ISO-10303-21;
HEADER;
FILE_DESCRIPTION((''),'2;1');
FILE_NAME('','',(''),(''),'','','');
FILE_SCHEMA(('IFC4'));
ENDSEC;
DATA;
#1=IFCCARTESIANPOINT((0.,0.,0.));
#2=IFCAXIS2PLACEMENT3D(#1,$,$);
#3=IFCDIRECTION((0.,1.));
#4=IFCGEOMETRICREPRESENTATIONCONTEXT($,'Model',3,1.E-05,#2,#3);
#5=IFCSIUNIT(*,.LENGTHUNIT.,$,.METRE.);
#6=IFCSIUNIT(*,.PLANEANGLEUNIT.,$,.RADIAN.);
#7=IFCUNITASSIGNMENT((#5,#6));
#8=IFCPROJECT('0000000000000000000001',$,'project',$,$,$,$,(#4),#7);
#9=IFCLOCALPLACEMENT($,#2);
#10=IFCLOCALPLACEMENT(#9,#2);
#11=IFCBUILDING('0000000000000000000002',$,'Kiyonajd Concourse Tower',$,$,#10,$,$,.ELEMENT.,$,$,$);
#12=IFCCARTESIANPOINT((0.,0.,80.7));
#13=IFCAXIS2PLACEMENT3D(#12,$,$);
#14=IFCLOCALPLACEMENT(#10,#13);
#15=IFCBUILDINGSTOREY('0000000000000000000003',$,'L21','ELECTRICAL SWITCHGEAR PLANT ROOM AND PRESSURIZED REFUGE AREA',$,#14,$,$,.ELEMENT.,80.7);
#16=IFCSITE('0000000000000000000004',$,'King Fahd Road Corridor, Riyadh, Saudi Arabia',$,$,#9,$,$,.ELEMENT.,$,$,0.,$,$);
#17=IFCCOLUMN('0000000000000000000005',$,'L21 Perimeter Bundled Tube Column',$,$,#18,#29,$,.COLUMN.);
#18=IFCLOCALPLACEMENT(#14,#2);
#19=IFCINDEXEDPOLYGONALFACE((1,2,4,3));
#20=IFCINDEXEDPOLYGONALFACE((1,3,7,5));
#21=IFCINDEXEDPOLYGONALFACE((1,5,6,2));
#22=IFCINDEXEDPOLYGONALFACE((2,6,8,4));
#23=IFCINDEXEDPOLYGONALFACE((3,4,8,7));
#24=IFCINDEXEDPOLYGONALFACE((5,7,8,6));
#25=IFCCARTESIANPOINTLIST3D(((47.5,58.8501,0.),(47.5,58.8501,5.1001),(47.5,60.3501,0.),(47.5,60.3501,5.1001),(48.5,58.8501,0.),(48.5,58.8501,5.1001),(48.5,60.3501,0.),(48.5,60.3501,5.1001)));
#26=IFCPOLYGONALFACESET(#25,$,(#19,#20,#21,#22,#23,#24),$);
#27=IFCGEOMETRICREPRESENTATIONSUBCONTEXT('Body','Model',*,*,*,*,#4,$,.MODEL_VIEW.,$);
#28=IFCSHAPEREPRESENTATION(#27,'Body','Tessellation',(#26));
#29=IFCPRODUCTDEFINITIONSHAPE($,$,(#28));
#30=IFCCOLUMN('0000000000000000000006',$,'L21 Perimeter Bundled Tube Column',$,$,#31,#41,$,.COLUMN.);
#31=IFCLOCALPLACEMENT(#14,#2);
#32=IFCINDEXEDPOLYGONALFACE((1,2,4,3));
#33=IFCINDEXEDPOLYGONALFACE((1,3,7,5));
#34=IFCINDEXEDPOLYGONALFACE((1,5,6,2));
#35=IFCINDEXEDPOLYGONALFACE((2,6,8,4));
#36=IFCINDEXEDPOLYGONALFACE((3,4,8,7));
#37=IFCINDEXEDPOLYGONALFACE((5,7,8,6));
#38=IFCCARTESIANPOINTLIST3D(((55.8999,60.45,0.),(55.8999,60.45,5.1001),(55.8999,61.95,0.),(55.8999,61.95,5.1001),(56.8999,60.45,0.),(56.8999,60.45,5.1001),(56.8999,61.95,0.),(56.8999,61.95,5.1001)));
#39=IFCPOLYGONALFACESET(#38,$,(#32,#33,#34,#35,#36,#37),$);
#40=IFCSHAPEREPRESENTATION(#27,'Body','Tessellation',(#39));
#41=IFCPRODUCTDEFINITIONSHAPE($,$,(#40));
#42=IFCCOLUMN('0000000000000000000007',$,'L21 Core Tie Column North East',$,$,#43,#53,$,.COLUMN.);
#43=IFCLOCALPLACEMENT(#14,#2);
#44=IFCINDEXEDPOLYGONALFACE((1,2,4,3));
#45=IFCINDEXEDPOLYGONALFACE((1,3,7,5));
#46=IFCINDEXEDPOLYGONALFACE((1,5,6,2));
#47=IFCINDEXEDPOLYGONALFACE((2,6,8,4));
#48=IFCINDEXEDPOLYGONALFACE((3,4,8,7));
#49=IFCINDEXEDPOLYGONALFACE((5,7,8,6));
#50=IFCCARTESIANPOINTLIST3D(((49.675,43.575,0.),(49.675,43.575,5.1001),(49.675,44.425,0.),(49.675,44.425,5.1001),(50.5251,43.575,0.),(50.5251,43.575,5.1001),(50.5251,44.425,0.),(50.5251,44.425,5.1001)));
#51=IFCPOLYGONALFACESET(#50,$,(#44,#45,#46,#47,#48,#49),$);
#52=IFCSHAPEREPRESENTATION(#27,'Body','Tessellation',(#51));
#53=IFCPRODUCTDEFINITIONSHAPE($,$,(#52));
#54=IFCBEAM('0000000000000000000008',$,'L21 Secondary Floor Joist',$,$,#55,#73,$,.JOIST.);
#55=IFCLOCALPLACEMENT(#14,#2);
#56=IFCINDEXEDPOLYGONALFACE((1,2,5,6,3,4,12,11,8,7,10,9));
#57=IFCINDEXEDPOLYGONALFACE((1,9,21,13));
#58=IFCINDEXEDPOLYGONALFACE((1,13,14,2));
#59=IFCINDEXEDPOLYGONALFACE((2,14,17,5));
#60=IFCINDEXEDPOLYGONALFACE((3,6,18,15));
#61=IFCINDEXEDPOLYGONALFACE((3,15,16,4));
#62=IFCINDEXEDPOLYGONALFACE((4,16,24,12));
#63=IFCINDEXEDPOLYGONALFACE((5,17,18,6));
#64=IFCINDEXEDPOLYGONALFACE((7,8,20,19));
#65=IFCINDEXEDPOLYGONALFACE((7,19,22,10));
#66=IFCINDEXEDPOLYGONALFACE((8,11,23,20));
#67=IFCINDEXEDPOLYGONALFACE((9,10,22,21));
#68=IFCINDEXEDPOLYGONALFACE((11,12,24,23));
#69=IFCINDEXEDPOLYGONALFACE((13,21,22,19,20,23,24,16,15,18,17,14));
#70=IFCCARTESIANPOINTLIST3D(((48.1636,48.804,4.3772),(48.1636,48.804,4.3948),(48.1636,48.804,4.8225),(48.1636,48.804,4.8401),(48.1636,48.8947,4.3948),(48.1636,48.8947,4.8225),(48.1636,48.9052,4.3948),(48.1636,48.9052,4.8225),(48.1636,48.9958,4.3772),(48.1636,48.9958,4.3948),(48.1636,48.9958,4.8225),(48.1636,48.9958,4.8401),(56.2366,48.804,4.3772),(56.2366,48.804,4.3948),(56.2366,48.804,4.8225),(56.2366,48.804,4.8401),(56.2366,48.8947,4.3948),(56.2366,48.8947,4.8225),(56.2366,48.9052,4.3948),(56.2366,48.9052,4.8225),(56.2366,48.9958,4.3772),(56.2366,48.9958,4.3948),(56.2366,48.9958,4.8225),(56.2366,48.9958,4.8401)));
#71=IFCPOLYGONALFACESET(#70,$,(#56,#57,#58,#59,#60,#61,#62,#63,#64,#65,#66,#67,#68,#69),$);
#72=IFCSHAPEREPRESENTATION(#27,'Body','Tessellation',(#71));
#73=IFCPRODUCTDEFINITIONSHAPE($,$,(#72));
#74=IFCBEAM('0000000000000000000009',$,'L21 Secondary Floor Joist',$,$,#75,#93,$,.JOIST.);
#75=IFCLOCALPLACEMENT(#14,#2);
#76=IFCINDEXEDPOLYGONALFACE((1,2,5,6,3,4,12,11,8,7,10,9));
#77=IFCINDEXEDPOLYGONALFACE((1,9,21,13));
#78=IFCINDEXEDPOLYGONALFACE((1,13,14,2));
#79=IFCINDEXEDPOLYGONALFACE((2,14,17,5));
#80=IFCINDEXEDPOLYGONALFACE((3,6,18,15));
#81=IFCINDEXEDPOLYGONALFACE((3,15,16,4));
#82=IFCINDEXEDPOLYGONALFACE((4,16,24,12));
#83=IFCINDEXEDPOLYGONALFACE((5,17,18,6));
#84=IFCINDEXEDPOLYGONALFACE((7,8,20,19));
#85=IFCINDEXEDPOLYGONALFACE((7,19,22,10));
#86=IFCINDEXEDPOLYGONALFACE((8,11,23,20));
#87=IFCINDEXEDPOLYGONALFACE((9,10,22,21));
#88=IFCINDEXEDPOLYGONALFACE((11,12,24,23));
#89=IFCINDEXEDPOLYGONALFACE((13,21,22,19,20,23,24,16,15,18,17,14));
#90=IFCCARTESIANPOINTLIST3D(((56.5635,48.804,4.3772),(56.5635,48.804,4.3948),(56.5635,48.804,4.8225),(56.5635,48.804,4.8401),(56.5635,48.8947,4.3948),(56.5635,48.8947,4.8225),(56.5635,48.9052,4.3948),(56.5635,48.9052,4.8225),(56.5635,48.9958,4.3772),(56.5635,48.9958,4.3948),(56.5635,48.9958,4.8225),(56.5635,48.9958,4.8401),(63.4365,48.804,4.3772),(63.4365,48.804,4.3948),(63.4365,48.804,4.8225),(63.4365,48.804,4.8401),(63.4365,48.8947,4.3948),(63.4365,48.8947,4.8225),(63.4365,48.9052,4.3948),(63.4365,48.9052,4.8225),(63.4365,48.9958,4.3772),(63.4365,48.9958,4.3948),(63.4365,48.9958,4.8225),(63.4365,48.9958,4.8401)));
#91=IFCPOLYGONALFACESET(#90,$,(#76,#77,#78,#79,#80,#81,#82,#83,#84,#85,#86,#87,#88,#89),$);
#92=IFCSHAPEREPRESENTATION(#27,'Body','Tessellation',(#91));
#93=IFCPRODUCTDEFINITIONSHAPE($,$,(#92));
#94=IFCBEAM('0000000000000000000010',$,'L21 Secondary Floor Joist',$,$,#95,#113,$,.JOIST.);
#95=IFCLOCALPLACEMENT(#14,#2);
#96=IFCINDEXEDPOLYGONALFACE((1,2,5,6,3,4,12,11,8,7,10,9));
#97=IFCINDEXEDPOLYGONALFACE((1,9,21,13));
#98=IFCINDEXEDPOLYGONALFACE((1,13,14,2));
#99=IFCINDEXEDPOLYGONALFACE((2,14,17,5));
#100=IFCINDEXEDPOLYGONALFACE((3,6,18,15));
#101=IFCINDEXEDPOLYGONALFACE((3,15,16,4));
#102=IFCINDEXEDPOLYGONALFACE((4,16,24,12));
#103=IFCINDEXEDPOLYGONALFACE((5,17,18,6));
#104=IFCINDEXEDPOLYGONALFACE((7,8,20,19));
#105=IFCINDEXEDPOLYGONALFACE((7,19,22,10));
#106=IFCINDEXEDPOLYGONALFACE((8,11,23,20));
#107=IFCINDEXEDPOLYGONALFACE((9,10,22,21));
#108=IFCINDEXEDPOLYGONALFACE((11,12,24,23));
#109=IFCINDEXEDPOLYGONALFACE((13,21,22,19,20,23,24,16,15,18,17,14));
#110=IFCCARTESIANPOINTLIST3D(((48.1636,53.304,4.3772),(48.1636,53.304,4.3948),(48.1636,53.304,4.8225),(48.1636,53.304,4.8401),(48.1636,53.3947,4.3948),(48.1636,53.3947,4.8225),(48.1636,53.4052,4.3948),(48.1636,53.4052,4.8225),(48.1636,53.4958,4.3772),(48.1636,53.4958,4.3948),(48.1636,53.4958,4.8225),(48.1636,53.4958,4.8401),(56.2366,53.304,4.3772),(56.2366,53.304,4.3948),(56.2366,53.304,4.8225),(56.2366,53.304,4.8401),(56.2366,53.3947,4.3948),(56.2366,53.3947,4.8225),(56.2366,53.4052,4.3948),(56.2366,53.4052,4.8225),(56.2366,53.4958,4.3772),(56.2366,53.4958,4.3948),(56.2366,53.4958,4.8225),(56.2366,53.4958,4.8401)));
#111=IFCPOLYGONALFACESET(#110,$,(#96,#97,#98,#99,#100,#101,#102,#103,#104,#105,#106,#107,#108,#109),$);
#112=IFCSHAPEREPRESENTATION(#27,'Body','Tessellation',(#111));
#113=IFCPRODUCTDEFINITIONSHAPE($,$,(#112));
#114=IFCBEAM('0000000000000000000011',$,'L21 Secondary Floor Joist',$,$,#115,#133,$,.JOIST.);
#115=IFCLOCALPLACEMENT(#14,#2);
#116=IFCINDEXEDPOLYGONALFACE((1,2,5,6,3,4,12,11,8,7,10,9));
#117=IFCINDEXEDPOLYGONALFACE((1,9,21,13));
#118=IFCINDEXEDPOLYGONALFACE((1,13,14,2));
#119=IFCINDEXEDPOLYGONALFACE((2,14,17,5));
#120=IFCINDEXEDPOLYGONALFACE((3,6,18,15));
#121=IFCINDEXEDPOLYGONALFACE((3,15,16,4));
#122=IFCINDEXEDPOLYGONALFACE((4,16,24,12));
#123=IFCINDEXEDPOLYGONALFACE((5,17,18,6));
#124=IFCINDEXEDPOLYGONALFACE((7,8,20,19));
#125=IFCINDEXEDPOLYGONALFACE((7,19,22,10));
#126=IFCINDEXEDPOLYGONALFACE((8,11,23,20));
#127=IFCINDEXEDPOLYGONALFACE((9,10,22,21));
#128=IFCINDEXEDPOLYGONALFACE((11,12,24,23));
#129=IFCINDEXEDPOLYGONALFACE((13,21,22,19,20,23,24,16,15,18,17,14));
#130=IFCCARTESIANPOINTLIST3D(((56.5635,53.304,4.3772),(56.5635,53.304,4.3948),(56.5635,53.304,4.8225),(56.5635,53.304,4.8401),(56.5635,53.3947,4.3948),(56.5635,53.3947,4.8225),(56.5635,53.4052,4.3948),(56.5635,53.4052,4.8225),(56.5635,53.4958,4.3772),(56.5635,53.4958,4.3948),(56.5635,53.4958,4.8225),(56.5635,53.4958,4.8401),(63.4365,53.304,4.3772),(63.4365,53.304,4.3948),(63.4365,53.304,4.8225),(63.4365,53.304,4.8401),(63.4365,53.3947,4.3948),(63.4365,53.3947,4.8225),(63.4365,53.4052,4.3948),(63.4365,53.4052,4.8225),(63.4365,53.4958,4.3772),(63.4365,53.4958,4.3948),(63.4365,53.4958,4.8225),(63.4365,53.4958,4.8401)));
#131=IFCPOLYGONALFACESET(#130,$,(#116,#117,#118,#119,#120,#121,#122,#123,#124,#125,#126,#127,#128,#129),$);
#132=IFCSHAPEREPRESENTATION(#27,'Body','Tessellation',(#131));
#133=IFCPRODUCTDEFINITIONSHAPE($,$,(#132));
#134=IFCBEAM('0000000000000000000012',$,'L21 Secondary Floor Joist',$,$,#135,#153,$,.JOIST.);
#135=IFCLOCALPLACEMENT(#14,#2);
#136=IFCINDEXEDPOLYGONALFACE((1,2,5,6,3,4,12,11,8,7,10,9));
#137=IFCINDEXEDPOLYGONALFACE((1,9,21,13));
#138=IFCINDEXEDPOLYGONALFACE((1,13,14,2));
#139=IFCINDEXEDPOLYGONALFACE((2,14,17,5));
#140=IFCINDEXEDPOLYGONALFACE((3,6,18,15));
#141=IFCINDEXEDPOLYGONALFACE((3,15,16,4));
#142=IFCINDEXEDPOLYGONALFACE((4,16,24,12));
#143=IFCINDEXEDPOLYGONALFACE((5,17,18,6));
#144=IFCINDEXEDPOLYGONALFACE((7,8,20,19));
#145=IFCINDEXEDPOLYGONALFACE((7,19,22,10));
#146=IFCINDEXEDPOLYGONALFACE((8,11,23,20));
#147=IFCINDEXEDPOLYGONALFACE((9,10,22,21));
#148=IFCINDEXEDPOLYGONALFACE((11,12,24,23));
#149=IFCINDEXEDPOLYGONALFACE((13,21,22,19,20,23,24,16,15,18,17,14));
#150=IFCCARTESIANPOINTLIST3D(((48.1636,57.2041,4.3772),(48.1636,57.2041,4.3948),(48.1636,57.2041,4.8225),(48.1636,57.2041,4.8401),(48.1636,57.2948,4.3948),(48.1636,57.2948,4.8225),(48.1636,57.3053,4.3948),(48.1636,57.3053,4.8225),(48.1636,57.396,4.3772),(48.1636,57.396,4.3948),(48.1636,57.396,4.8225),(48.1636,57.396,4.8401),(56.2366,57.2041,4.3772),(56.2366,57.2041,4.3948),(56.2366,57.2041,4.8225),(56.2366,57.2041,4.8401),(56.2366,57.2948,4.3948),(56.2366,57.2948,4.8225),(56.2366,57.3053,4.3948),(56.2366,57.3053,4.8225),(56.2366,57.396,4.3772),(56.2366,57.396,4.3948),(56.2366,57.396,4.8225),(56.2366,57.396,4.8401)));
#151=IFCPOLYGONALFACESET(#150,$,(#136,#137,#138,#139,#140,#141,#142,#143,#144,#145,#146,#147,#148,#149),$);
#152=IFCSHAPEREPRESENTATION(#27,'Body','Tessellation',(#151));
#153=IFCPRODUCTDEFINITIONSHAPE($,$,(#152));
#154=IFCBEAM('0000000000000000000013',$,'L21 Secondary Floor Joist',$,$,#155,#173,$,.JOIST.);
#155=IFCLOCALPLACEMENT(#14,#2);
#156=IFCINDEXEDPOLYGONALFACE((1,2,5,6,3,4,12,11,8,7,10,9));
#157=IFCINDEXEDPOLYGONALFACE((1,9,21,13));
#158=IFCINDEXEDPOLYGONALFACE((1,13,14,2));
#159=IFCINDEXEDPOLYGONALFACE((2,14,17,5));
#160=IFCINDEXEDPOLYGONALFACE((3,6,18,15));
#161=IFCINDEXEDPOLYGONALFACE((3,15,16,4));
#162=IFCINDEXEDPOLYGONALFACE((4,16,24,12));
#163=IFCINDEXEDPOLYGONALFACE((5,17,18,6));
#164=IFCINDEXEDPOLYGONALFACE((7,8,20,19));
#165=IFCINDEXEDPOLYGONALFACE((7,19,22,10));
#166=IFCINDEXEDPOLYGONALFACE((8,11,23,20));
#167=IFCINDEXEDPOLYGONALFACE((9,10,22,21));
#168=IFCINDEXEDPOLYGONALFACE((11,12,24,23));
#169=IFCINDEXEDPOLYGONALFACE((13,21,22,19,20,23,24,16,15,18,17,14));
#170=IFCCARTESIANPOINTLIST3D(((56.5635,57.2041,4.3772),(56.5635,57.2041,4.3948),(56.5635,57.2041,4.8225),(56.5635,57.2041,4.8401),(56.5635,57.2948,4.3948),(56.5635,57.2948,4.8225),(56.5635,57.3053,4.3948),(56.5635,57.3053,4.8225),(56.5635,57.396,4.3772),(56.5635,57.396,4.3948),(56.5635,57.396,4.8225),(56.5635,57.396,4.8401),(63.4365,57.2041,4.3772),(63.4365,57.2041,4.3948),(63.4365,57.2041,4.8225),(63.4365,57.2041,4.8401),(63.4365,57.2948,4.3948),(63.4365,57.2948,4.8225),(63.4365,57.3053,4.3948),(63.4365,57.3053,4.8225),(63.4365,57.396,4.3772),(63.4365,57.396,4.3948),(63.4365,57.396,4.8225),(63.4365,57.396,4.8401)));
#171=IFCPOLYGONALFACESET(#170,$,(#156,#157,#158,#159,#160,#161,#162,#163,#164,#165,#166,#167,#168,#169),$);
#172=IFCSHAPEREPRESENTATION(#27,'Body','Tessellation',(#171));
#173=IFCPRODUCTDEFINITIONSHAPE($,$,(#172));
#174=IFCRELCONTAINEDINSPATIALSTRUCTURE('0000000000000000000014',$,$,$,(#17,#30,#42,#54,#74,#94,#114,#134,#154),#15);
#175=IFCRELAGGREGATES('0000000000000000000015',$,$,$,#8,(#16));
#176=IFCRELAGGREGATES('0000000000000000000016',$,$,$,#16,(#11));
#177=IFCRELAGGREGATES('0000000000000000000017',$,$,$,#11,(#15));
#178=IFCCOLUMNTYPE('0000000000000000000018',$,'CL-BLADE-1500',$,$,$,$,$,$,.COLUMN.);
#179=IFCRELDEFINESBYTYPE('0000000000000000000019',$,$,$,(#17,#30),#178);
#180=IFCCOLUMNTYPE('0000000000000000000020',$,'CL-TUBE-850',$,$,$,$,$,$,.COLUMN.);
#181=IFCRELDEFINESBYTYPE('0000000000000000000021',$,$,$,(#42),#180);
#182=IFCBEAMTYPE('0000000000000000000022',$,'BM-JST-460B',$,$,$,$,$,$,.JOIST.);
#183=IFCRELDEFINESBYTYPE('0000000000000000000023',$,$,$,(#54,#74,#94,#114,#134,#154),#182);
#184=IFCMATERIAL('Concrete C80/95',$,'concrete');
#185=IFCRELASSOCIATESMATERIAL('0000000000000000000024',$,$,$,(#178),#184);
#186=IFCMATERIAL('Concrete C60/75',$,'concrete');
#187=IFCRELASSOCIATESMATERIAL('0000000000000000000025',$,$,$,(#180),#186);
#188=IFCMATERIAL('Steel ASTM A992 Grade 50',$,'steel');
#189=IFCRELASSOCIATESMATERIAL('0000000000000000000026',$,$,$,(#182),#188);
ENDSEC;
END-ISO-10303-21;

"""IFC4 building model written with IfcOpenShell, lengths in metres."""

from ifc_helpers import new_model, si_unit, direction, frame, origin, origin_2d, place, context, subcontext, project, spatial, rectangle, i_section, extrude, material, material_profile, profile_set, type_object, element, save


model = new_model("IFC4")

# Units and contexts
model_context = context("Model", 3, precision=1e-05, world=origin(), true_north=direction((0.0, 1.0)))
body_context = subcontext(model_context, "Body", "Model", "MODEL_VIEW")
ifc_project = project(units=[si_unit("LENGTHUNIT", "METRE"), si_unit("PLANEANGLEUNIT", "RADIAN")], contexts=[model_context])

# Site, building, storey
site_placement = place(None, origin())
site = spatial("IfcSite", under=ifc_project, at=site_placement, Name="King Fahd Road Corridor, Riyadh, Saudi Arabia", CompositionType="ELEMENT", RefElevation=0.0)
building_placement = place(site_placement, origin())
building = spatial("IfcBuilding", under=site, at=building_placement, Name="Kiyonajd Concourse Tower", CompositionType="ELEMENT")
storey_placement = place(building_placement, frame((0.0, 0.0, 80.7)))
storey = spatial("IfcBuildingStorey", under=building, at=storey_placement, Name="L21", Description="ELECTRICAL SWITCHGEAR PLANT ROOM AND PRESSURIZED REFUGE AREA", CompositionType="ELEMENT", Elevation=80.7)

# Columns
ifc_material_1 = material(Name="Concrete C80/95", Category="concrete")
ifc_material_profile_1 = material_profile(ifc_material_1, rectangle(XDim=1.0, YDim=1.5, at=origin_2d()), Name="RC-1500x1000")
ifc_profile_set_1 = profile_set([ifc_material_profile_1], Name="Concrete C80/95")
column_type_1 = type_object("IfcColumnType", Name="CL-BLADE-1500", PredefinedType="COLUMN", material=ifc_profile_set_1)
for number, where, z_axis, x_axis, name in (
    (1, (48.0, 59.6001, 0.0), (0.0, 0.0, 1.0), (1.0, 0.0, 0.0), "L21 Perimeter Bundled Tube Column"),
    (2, (56.3999, 61.2, 0.0), (0.0, 0.0, 1.0), (1.0, 0.0, 0.0), "L21 Perimeter Bundled Tube Column"),
):
    element("IfcColumn", number, at=place(storey_placement, frame(where, z_axis=z_axis, x_axis=x_axis)), inside=storey, type_object=column_type_1, Name=name, PredefinedType="COLUMN", context=body_context, shape_type="SweptSolid", body=[
        extrude(rectangle(XDim=1.0, YDim=1.5, at=origin_2d()), origin(), (0.0, 0.0, 1.0), 5.1001),
    ])
ifc_material_2 = material(Name="Concrete C60/75", Category="concrete")
ifc_material_profile_2 = material_profile(ifc_material_2, rectangle(XDim=0.8501, YDim=0.8501, at=origin_2d()), Name="RC-850x850")
ifc_profile_set_2 = profile_set([ifc_material_profile_2], Name="Concrete C60/75")
column_type_2 = type_object("IfcColumnType", Name="CL-TUBE-850", PredefinedType="COLUMN", material=ifc_profile_set_2)
column_placement = place(storey_placement, frame((50.1001, 44.0, 0.0), z_axis=(0.0, 0.0, 1.0), x_axis=(1.0, 0.0, 0.0)))
element("IfcColumn", 3, at=column_placement, inside=storey, type_object=column_type_2, Name="L21 Core Tie Column North East", PredefinedType="COLUMN", context=body_context, shape_type="SweptSolid", body=[
    extrude(rectangle(XDim=0.8501, YDim=0.8501, at=origin_2d()), origin(), (0.0, 0.0, 1.0), 5.1001),
])

# Beams
ifc_material_3 = material(Name="Steel ASTM A992 Grade 50", Category="steel")
ifc_material_profile_3 = material_profile(ifc_material_3, i_section(OverallWidth=0.1919, OverallDepth=0.4629, WebThickness=0.0105, FlangeThickness=0.0176, at=origin_2d()), Name="W460X89")
ifc_profile_set_3 = profile_set([ifc_material_profile_3], Name="Steel ASTM A992 Grade 50")
beam_type_1 = type_object("IfcBeamType", Name="BM-JST-460B", PredefinedType="JOIST", material=ifc_profile_set_3)
beam_1_placement = place(storey_placement, frame((48.1636, 48.8999, 4.6086), z_axis=(1.0, 0.0, 0.0), x_axis=(0.0, 1.0, 0.0)))
element("IfcBeam", 4, at=beam_1_placement, inside=storey, type_object=beam_type_1, Name="L21 Secondary Floor Joist", PredefinedType="JOIST", context=body_context, shape_type="SweptSolid", body=[
    extrude(i_section(OverallWidth=0.1919, OverallDepth=0.4629, WebThickness=0.0105, FlangeThickness=0.0176, at=origin_2d()), origin(), (0.0, 0.0, 1.0), 8.073),
])
beam_2_placement = place(storey_placement, frame((56.5635, 48.8999, 4.6086), z_axis=(1.0, 0.0, 0.0), x_axis=(0.0, 1.0, 0.0)))
element("IfcBeam", 5, at=beam_2_placement, inside=storey, type_object=beam_type_1, Name="L21 Secondary Floor Joist", PredefinedType="JOIST", context=body_context, shape_type="SweptSolid", body=[
    extrude(i_section(OverallWidth=0.1919, OverallDepth=0.4629, WebThickness=0.0105, FlangeThickness=0.0176, at=origin_2d()), origin(), (0.0, 0.0, 1.0), 6.873),
])
beam_3_placement = place(storey_placement, frame((48.1636, 53.3999, 4.6086), z_axis=(1.0, 0.0, 0.0), x_axis=(0.0, 1.0, 0.0)))
element("IfcBeam", 6, at=beam_3_placement, inside=storey, type_object=beam_type_1, Name="L21 Secondary Floor Joist", PredefinedType="JOIST", context=body_context, shape_type="SweptSolid", body=[
    extrude(i_section(OverallWidth=0.1919, OverallDepth=0.4629, WebThickness=0.0105, FlangeThickness=0.0176, at=origin_2d()), origin(), (0.0, 0.0, 1.0), 8.073),
])
beam_4_placement = place(storey_placement, frame((56.5635, 53.3999, 4.6086), z_axis=(1.0, 0.0, 0.0), x_axis=(0.0, 1.0, 0.0)))
element("IfcBeam", 7, at=beam_4_placement, inside=storey, type_object=beam_type_1, Name="L21 Secondary Floor Joist", PredefinedType="JOIST", context=body_context, shape_type="SweptSolid", body=[
    extrude(i_section(OverallWidth=0.1919, OverallDepth=0.4629, WebThickness=0.0105, FlangeThickness=0.0176, at=origin_2d()), origin(), (0.0, 0.0, 1.0), 6.873),
])
beam_5_placement = place(storey_placement, frame((48.1636, 57.3, 4.6086), z_axis=(1.0, 0.0, 0.0), x_axis=(0.0, 1.0, 0.0)))
element("IfcBeam", 8, at=beam_5_placement, inside=storey, type_object=beam_type_1, Name="L21 Secondary Floor Joist", PredefinedType="JOIST", context=body_context, shape_type="SweptSolid", body=[
    extrude(i_section(OverallWidth=0.1919, OverallDepth=0.4629, WebThickness=0.0105, FlangeThickness=0.0176, at=origin_2d()), origin(), (0.0, 0.0, 1.0), 8.073),
])
beam_6_placement = place(storey_placement, frame((56.5635, 57.3, 4.6086), z_axis=(1.0, 0.0, 0.0), x_axis=(0.0, 1.0, 0.0)))
element("IfcBeam", 9, at=beam_6_placement, inside=storey, type_object=beam_type_1, Name="L21 Secondary Floor Joist", PredefinedType="JOIST", context=body_context, shape_type="SweptSolid", body=[
    extrude(i_section(OverallWidth=0.1919, OverallDepth=0.4629, WebThickness=0.0105, FlangeThickness=0.0176, at=origin_2d()), origin(), (0.0, 0.0, 1.0), 6.873),
])

save(model, "model.ifc")
